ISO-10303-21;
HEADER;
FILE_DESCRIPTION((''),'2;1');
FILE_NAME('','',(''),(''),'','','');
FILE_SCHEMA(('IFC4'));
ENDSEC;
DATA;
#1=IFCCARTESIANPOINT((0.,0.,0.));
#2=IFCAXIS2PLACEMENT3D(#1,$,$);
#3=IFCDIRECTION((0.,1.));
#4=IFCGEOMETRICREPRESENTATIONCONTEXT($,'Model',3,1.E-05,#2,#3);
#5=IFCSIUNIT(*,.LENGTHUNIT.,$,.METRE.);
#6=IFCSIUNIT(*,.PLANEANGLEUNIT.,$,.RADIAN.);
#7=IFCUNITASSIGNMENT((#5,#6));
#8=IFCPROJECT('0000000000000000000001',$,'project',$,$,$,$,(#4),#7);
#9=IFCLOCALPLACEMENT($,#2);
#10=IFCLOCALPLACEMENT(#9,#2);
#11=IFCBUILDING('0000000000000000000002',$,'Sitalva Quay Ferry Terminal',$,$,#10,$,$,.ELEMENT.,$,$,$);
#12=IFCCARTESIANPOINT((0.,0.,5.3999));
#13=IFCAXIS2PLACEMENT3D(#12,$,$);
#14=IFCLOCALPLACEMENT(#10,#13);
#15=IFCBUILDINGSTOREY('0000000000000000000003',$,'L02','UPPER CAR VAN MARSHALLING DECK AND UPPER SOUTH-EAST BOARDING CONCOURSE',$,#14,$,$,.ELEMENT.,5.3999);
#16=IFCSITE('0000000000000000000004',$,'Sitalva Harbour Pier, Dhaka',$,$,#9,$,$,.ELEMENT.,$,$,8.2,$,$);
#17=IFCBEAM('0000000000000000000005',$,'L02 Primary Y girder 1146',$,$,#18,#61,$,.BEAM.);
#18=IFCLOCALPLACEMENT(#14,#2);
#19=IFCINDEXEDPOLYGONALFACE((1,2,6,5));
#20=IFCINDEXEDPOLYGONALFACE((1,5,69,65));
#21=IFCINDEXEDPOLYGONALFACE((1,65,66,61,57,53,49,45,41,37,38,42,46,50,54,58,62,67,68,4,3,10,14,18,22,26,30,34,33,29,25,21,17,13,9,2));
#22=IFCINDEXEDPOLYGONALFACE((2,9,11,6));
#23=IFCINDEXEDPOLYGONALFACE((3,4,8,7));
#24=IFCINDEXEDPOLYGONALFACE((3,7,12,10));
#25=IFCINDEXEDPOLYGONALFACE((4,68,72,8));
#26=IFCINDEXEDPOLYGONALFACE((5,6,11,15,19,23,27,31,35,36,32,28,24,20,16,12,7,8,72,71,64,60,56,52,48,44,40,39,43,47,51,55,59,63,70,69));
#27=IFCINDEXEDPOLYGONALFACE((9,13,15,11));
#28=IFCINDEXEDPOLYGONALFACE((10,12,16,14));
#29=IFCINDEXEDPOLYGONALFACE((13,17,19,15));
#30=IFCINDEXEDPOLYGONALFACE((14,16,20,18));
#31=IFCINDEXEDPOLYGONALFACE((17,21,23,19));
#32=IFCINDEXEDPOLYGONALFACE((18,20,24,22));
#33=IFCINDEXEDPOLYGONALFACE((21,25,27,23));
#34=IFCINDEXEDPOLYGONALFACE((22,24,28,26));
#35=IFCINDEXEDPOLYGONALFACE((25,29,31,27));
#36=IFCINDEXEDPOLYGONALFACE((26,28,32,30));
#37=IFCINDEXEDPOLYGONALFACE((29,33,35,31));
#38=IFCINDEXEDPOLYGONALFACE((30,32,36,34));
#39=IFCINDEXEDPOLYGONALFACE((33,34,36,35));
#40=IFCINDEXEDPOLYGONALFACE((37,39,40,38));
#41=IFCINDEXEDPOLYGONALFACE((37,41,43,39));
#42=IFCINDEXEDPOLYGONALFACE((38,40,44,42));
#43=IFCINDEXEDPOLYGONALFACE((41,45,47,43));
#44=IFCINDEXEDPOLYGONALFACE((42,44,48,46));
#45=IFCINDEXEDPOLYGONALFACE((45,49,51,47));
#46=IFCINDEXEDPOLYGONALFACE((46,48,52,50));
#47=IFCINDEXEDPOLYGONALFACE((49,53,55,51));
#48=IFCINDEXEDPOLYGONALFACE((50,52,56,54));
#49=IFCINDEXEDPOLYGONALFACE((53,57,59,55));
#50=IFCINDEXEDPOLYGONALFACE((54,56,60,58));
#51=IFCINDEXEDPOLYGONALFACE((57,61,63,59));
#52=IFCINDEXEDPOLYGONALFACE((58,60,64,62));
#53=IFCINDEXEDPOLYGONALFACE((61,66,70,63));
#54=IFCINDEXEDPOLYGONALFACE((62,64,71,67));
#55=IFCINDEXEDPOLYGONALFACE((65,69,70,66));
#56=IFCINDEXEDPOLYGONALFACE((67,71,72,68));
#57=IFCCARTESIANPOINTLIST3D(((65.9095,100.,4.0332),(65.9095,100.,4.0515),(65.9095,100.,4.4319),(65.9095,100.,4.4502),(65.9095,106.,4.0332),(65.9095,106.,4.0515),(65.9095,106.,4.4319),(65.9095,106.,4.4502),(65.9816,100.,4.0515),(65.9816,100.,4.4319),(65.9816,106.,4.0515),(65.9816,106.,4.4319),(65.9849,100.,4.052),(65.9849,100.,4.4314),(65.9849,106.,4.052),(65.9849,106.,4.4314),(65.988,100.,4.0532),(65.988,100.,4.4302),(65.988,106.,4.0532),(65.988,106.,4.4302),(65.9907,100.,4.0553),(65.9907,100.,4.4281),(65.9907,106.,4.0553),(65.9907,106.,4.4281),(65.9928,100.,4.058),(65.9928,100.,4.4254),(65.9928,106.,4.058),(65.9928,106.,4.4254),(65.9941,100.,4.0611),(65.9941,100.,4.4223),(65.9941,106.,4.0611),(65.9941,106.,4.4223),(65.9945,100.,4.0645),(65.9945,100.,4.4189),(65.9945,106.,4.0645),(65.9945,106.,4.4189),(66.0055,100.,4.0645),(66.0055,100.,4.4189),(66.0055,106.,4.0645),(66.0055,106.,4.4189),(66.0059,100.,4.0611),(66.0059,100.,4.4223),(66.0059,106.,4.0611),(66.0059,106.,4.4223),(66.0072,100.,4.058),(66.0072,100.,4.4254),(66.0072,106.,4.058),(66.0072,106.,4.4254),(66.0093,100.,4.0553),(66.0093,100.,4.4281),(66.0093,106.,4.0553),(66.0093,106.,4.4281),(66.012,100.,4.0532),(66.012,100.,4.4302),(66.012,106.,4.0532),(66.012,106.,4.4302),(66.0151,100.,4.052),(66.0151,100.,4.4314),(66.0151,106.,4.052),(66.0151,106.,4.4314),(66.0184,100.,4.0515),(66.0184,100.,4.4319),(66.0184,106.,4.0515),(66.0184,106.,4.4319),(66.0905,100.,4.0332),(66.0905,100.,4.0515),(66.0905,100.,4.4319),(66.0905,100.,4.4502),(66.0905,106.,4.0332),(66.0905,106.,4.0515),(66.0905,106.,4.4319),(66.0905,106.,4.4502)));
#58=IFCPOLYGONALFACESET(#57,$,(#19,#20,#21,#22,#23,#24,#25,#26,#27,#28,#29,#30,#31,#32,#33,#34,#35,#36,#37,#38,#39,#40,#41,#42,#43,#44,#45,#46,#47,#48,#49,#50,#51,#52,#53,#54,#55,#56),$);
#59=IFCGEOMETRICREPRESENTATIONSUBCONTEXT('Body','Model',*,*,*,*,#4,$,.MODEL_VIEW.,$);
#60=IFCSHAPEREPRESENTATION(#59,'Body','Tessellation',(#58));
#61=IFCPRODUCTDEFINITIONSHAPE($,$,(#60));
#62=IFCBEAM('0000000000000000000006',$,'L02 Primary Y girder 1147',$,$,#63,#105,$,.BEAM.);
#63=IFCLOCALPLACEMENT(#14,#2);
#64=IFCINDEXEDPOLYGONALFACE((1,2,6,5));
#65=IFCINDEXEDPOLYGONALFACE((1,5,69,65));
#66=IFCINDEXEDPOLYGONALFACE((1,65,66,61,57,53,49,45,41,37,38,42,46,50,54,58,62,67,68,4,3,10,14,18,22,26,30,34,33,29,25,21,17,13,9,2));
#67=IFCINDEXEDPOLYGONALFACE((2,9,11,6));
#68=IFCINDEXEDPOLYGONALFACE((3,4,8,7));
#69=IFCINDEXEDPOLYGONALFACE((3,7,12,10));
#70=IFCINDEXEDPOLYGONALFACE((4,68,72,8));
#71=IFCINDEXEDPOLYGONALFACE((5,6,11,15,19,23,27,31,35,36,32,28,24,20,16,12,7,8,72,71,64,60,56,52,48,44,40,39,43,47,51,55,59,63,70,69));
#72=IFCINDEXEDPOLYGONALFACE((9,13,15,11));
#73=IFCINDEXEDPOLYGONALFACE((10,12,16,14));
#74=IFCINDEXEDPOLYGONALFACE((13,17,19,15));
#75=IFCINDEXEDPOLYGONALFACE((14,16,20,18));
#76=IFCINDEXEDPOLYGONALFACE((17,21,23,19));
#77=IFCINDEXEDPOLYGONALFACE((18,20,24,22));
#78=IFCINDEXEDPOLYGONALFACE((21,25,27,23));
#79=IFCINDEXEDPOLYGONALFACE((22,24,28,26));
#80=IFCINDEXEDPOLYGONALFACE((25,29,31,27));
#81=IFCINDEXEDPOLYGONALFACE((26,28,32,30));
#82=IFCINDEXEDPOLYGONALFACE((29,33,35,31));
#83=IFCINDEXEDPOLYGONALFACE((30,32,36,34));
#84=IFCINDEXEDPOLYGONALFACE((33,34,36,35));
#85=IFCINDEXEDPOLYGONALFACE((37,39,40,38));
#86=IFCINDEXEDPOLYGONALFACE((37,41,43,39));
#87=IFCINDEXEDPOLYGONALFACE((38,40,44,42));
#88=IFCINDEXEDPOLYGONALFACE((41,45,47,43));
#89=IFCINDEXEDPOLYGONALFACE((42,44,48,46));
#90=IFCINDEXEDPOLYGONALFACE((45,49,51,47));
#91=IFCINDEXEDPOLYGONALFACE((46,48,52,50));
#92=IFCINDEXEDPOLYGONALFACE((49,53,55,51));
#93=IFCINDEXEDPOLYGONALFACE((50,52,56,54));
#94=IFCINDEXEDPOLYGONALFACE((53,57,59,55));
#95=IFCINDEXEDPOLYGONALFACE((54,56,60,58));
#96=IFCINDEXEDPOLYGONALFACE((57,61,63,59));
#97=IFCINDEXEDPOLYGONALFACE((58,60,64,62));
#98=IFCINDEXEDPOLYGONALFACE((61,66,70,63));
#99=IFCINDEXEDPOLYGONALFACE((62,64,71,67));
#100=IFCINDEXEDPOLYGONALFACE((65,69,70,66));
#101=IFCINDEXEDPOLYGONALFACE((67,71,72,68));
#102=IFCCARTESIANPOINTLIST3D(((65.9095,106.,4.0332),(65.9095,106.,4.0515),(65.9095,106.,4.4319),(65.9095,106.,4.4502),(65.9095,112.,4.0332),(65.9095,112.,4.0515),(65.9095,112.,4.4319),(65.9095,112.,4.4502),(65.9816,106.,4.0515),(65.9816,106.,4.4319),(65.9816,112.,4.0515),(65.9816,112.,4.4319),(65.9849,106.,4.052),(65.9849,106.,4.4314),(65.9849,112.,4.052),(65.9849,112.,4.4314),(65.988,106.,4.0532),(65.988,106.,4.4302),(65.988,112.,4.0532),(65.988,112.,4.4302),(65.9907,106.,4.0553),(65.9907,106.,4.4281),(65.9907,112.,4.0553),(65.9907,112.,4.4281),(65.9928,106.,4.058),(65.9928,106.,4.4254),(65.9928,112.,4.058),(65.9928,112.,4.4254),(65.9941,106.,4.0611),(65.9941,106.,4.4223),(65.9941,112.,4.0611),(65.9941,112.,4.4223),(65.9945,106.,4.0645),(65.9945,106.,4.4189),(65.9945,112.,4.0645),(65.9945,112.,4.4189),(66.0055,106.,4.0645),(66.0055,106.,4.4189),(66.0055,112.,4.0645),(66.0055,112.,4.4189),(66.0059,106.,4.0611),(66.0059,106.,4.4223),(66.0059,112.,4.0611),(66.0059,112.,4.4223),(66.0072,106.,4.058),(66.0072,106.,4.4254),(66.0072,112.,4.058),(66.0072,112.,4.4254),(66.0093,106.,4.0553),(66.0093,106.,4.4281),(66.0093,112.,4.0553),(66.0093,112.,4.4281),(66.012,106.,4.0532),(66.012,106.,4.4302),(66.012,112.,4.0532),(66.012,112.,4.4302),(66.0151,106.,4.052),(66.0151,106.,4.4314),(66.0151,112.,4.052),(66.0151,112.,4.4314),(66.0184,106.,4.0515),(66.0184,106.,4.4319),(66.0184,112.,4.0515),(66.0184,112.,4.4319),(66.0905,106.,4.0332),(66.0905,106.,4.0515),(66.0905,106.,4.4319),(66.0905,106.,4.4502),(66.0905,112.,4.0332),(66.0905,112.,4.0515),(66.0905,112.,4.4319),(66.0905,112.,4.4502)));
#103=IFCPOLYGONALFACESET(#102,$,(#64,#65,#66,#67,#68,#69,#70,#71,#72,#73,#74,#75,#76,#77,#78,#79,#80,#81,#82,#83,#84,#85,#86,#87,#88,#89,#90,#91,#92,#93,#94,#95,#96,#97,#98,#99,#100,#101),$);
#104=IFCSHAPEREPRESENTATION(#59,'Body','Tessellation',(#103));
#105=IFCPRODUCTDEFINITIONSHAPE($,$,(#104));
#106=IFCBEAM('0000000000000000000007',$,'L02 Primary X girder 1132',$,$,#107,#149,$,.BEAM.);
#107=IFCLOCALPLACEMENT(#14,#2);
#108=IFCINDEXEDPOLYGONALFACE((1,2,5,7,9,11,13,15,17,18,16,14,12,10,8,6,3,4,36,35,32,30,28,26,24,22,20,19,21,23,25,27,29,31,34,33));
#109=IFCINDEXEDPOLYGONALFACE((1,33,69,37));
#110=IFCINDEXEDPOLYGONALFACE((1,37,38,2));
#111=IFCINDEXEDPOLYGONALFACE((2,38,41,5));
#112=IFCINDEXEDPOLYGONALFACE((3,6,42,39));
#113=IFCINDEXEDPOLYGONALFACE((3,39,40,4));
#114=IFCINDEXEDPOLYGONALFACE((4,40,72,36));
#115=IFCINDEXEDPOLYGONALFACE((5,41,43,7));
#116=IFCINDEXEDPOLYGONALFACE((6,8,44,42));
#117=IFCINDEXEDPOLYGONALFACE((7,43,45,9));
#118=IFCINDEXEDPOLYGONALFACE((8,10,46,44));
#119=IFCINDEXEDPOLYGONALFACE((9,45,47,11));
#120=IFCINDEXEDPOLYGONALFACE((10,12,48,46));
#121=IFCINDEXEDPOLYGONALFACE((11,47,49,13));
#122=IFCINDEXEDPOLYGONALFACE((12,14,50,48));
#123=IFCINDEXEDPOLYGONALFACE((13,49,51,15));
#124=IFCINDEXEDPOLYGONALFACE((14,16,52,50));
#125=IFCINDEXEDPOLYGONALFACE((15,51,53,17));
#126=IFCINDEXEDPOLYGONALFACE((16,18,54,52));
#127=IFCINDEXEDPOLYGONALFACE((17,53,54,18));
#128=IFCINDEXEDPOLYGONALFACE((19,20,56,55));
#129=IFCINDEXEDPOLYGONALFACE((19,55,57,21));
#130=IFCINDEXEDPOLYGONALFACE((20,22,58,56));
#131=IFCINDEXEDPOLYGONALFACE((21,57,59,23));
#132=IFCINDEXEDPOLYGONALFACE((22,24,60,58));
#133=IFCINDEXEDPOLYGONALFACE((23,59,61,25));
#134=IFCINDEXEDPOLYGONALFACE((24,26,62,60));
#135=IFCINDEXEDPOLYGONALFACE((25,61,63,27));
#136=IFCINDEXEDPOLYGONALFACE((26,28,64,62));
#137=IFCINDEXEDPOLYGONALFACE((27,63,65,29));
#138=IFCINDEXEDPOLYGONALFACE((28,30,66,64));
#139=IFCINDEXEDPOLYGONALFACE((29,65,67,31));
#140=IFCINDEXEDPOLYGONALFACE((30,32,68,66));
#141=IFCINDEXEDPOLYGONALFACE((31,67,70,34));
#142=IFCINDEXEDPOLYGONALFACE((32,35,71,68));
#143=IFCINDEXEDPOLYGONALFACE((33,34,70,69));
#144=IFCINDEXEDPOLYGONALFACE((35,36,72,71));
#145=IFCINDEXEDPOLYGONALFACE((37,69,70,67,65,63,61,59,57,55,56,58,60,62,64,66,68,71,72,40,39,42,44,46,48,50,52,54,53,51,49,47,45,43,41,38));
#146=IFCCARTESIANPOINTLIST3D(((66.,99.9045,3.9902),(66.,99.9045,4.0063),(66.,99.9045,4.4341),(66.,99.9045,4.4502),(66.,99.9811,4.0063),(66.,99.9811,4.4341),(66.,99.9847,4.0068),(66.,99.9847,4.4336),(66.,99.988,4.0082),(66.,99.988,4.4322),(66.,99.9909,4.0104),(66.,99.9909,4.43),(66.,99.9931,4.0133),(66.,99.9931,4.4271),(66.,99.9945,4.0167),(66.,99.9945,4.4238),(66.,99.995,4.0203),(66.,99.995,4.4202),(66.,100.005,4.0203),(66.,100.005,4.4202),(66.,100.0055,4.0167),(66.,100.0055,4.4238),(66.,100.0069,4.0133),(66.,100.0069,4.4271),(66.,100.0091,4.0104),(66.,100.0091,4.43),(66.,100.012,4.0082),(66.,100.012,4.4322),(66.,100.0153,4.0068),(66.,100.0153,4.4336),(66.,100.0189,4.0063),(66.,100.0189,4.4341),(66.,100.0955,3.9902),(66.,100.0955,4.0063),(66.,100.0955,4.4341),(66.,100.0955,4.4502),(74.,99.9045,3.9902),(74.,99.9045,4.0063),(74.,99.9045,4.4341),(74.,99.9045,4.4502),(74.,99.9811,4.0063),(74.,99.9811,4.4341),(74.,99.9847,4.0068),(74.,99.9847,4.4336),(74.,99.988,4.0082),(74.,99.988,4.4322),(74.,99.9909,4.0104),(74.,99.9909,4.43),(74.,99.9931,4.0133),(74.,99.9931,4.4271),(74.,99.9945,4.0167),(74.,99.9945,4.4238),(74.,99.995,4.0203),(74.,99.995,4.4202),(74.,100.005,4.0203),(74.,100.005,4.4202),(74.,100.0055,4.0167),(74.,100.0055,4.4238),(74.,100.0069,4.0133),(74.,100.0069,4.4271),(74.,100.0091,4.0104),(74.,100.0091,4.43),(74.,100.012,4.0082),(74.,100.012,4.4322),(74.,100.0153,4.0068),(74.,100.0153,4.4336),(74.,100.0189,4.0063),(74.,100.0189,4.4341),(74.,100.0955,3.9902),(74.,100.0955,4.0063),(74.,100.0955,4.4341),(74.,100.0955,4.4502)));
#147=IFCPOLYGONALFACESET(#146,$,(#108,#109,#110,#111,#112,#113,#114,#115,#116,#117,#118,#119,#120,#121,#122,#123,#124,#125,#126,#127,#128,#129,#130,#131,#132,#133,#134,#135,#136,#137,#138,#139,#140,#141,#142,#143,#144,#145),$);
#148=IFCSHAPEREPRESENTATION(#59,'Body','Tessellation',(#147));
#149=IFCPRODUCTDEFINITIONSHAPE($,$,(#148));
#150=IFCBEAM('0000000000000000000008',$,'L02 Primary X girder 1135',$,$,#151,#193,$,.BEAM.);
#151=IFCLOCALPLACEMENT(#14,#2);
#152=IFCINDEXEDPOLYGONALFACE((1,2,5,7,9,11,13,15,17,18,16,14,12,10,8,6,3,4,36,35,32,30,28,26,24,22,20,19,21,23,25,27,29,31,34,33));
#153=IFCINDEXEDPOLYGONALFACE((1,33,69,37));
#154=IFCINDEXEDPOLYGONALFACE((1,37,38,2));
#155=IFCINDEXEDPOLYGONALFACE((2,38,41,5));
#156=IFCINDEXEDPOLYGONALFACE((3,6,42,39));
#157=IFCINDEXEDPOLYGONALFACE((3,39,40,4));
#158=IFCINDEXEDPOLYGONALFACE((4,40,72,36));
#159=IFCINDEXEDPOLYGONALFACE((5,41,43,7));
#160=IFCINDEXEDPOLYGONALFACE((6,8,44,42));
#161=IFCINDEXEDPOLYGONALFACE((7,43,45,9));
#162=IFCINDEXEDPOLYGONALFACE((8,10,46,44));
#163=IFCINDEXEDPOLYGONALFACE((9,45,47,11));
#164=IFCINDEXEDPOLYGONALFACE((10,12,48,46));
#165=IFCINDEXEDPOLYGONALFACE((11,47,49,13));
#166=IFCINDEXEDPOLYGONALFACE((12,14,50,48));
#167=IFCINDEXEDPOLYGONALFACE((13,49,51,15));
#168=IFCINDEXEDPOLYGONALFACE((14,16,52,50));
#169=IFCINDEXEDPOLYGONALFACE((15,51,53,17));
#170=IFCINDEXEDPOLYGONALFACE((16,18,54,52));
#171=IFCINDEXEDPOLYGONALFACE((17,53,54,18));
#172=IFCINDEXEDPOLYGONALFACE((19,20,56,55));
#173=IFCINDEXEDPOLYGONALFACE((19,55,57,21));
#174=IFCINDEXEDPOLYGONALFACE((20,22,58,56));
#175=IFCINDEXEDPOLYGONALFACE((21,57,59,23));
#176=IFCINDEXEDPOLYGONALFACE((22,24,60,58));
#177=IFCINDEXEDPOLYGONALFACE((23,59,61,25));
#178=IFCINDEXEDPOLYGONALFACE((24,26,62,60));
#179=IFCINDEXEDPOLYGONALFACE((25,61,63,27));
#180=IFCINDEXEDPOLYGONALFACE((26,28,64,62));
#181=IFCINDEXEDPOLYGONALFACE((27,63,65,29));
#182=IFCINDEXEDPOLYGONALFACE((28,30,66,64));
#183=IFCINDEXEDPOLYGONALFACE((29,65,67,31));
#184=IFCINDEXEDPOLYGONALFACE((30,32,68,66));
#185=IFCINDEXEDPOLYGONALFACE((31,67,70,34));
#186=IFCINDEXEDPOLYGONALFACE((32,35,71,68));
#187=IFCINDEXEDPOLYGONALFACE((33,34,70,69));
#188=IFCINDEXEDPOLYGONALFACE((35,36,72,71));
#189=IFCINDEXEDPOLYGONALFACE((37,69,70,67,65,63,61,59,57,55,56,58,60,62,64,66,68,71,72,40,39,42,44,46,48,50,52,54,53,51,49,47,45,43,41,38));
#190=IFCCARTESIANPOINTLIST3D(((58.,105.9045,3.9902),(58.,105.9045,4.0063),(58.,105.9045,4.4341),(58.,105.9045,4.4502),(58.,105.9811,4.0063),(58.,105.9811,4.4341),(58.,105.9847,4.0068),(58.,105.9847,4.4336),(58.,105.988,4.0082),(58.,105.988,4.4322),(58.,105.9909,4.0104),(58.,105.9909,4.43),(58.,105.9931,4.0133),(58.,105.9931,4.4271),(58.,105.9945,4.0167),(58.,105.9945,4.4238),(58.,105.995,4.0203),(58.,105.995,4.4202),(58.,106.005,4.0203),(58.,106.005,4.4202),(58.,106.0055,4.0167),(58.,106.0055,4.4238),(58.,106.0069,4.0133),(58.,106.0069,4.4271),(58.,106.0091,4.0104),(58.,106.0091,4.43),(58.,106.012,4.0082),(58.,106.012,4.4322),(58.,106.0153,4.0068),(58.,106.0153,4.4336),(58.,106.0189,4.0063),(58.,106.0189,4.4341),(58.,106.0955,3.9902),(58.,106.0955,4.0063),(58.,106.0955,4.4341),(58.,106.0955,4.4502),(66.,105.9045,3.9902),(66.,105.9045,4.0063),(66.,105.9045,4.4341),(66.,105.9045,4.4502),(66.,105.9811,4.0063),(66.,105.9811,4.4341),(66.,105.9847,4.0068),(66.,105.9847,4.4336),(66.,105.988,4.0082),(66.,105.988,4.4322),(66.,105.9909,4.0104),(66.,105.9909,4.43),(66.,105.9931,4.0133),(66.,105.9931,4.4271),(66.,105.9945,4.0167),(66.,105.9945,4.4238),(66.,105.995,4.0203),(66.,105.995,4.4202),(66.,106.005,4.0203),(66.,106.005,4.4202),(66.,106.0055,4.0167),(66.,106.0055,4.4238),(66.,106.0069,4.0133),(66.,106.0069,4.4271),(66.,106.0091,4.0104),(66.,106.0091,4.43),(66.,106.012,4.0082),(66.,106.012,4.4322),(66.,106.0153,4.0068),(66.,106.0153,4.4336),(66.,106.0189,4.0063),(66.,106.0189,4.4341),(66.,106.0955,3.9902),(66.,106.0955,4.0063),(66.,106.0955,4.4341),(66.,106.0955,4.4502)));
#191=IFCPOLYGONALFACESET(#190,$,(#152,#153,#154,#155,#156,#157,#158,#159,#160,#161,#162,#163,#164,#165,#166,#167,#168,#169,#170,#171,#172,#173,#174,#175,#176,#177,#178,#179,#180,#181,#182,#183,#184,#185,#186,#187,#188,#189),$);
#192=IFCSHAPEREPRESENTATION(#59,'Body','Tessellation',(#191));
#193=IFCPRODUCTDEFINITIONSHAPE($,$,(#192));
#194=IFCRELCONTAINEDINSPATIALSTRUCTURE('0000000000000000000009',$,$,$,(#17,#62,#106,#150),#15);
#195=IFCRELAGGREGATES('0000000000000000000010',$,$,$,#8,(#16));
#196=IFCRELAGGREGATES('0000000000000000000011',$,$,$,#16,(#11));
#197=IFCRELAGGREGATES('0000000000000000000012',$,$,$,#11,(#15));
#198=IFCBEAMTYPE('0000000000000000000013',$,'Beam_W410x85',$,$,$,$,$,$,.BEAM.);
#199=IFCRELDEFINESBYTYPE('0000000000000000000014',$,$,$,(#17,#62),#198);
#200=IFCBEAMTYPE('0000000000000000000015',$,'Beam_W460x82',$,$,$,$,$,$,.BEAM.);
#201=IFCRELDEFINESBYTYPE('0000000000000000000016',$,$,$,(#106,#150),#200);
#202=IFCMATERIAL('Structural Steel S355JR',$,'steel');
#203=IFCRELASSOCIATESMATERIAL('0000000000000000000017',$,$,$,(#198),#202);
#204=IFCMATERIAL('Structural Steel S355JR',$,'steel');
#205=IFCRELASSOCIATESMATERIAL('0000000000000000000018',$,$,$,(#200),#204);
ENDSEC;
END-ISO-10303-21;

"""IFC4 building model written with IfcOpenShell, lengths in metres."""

from ifc_helpers import new_model, si_unit, direction, frame, origin, origin_2d, place, context, subcontext, project, spatial, i_section, extrude, material, material_profile, profile_set, type_object, element, save


model = new_model("IFC4")

# Units and contexts
model_context = context("Model", 3, precision=1e-05, world=origin(), true_north=direction((0.0, 1.0)))
body_context = subcontext(model_context, "Body", "Model", "MODEL_VIEW")
ifc_project = project(units=[si_unit("LENGTHUNIT", "METRE"), si_unit("PLANEANGLEUNIT", "RADIAN")], contexts=[model_context])

# Site, building, storey
site_placement = place(None, origin())
site = spatial("IfcSite", under=ifc_project, at=site_placement, Name="Sitalva Harbour Pier, Dhaka", CompositionType="ELEMENT", RefElevation=8.2)
building_placement = place(site_placement, origin())
building = spatial("IfcBuilding", under=site, at=building_placement, Name="Sitalva Quay Ferry Terminal", CompositionType="ELEMENT")
storey_placement = place(building_placement, frame((0.0, 0.0, 5.3999)))
storey = spatial("IfcBuildingStorey", under=building, at=storey_placement, Name="L02", Description="UPPER CAR VAN MARSHALLING DECK AND UPPER SOUTH-EAST BOARDING CONCOURSE", CompositionType="ELEMENT", Elevation=5.3999)

# Beams
ifc_material_1 = material(Name="Structural Steel S355JR", Category="steel")
ifc_material_profile_1 = material_profile(ifc_material_1, i_section(OverallWidth=0.1809, OverallDepth=0.417, WebThickness=0.011, FlangeThickness=0.0183, FilletRadius=0.0129, at=origin_2d()), Name="W410x85")
ifc_profile_set_1 = profile_set([ifc_material_profile_1], Name="Structural Steel S355JR")
beam_type_1 = type_object("IfcBeamType", Name="Beam_W410x85", PredefinedType="BEAM", material=ifc_profile_set_1)
for number, where, z_axis, x_axis, name in (
    (1, (66.0, 100.0, 4.2417), (0.0, 1.0, 0.0), (-1.0, 0.0, 0.0), "L02 Primary Y girder 1146"),
    (2, (66.0, 106.0, 4.2417), (0.0, 1.0, 0.0), (-1.0, 0.0, 0.0), "L02 Primary Y girder 1147"),
):
    element("IfcBeam", number, at=place(storey_placement, frame(where, z_axis=z_axis, x_axis=x_axis)), inside=storey, type_object=beam_type_1, Name=name, PredefinedType="BEAM", context=body_context, shape_type="SweptSolid", body=[
        extrude(i_section(OverallWidth=0.1809, OverallDepth=0.417, WebThickness=0.011, FlangeThickness=0.0183, FilletRadius=0.0129, at=origin_2d()), origin(), (0.0, 0.0, 1.0), 6.0),
    ])
ifc_material_2 = material(Name="Structural Steel S355JR", Category="steel")
ifc_material_profile_2 = material_profile(ifc_material_2, i_section(OverallWidth=0.1909, OverallDepth=0.46, WebThickness=0.01, FlangeThickness=0.0161, FilletRadius=0.0139, at=origin_2d()), Name="W460x82")
ifc_profile_set_2 = profile_set([ifc_material_profile_2], Name="Structural Steel S355JR")
beam_type_2 = type_object("IfcBeamType", Name="Beam_W460x82", PredefinedType="BEAM", material=ifc_profile_set_2)
for number, where, z_axis, x_axis, name in (
    (3, (66.0, 100.0, 4.2202), (1.0, 0.0, 0.0), (0.0, 1.0, 0.0), "L02 Primary X girder 1132"),
    (4, (58.0, 106.0, 4.2202), (1.0, 0.0, 0.0), (0.0, 1.0, 0.0), "L02 Primary X girder 1135"),
):
    element("IfcBeam", number, at=place(storey_placement, frame(where, z_axis=z_axis, x_axis=x_axis)), inside=storey, type_object=beam_type_2, Name=name, PredefinedType="BEAM", context=body_context, shape_type="SweptSolid", body=[
        extrude(i_section(OverallWidth=0.1909, OverallDepth=0.46, WebThickness=0.01, FlangeThickness=0.0161, FilletRadius=0.0139, at=origin_2d()), origin(), (0.0, 0.0, 1.0), 8.0),
    ])

save(model, "model.ifc")
